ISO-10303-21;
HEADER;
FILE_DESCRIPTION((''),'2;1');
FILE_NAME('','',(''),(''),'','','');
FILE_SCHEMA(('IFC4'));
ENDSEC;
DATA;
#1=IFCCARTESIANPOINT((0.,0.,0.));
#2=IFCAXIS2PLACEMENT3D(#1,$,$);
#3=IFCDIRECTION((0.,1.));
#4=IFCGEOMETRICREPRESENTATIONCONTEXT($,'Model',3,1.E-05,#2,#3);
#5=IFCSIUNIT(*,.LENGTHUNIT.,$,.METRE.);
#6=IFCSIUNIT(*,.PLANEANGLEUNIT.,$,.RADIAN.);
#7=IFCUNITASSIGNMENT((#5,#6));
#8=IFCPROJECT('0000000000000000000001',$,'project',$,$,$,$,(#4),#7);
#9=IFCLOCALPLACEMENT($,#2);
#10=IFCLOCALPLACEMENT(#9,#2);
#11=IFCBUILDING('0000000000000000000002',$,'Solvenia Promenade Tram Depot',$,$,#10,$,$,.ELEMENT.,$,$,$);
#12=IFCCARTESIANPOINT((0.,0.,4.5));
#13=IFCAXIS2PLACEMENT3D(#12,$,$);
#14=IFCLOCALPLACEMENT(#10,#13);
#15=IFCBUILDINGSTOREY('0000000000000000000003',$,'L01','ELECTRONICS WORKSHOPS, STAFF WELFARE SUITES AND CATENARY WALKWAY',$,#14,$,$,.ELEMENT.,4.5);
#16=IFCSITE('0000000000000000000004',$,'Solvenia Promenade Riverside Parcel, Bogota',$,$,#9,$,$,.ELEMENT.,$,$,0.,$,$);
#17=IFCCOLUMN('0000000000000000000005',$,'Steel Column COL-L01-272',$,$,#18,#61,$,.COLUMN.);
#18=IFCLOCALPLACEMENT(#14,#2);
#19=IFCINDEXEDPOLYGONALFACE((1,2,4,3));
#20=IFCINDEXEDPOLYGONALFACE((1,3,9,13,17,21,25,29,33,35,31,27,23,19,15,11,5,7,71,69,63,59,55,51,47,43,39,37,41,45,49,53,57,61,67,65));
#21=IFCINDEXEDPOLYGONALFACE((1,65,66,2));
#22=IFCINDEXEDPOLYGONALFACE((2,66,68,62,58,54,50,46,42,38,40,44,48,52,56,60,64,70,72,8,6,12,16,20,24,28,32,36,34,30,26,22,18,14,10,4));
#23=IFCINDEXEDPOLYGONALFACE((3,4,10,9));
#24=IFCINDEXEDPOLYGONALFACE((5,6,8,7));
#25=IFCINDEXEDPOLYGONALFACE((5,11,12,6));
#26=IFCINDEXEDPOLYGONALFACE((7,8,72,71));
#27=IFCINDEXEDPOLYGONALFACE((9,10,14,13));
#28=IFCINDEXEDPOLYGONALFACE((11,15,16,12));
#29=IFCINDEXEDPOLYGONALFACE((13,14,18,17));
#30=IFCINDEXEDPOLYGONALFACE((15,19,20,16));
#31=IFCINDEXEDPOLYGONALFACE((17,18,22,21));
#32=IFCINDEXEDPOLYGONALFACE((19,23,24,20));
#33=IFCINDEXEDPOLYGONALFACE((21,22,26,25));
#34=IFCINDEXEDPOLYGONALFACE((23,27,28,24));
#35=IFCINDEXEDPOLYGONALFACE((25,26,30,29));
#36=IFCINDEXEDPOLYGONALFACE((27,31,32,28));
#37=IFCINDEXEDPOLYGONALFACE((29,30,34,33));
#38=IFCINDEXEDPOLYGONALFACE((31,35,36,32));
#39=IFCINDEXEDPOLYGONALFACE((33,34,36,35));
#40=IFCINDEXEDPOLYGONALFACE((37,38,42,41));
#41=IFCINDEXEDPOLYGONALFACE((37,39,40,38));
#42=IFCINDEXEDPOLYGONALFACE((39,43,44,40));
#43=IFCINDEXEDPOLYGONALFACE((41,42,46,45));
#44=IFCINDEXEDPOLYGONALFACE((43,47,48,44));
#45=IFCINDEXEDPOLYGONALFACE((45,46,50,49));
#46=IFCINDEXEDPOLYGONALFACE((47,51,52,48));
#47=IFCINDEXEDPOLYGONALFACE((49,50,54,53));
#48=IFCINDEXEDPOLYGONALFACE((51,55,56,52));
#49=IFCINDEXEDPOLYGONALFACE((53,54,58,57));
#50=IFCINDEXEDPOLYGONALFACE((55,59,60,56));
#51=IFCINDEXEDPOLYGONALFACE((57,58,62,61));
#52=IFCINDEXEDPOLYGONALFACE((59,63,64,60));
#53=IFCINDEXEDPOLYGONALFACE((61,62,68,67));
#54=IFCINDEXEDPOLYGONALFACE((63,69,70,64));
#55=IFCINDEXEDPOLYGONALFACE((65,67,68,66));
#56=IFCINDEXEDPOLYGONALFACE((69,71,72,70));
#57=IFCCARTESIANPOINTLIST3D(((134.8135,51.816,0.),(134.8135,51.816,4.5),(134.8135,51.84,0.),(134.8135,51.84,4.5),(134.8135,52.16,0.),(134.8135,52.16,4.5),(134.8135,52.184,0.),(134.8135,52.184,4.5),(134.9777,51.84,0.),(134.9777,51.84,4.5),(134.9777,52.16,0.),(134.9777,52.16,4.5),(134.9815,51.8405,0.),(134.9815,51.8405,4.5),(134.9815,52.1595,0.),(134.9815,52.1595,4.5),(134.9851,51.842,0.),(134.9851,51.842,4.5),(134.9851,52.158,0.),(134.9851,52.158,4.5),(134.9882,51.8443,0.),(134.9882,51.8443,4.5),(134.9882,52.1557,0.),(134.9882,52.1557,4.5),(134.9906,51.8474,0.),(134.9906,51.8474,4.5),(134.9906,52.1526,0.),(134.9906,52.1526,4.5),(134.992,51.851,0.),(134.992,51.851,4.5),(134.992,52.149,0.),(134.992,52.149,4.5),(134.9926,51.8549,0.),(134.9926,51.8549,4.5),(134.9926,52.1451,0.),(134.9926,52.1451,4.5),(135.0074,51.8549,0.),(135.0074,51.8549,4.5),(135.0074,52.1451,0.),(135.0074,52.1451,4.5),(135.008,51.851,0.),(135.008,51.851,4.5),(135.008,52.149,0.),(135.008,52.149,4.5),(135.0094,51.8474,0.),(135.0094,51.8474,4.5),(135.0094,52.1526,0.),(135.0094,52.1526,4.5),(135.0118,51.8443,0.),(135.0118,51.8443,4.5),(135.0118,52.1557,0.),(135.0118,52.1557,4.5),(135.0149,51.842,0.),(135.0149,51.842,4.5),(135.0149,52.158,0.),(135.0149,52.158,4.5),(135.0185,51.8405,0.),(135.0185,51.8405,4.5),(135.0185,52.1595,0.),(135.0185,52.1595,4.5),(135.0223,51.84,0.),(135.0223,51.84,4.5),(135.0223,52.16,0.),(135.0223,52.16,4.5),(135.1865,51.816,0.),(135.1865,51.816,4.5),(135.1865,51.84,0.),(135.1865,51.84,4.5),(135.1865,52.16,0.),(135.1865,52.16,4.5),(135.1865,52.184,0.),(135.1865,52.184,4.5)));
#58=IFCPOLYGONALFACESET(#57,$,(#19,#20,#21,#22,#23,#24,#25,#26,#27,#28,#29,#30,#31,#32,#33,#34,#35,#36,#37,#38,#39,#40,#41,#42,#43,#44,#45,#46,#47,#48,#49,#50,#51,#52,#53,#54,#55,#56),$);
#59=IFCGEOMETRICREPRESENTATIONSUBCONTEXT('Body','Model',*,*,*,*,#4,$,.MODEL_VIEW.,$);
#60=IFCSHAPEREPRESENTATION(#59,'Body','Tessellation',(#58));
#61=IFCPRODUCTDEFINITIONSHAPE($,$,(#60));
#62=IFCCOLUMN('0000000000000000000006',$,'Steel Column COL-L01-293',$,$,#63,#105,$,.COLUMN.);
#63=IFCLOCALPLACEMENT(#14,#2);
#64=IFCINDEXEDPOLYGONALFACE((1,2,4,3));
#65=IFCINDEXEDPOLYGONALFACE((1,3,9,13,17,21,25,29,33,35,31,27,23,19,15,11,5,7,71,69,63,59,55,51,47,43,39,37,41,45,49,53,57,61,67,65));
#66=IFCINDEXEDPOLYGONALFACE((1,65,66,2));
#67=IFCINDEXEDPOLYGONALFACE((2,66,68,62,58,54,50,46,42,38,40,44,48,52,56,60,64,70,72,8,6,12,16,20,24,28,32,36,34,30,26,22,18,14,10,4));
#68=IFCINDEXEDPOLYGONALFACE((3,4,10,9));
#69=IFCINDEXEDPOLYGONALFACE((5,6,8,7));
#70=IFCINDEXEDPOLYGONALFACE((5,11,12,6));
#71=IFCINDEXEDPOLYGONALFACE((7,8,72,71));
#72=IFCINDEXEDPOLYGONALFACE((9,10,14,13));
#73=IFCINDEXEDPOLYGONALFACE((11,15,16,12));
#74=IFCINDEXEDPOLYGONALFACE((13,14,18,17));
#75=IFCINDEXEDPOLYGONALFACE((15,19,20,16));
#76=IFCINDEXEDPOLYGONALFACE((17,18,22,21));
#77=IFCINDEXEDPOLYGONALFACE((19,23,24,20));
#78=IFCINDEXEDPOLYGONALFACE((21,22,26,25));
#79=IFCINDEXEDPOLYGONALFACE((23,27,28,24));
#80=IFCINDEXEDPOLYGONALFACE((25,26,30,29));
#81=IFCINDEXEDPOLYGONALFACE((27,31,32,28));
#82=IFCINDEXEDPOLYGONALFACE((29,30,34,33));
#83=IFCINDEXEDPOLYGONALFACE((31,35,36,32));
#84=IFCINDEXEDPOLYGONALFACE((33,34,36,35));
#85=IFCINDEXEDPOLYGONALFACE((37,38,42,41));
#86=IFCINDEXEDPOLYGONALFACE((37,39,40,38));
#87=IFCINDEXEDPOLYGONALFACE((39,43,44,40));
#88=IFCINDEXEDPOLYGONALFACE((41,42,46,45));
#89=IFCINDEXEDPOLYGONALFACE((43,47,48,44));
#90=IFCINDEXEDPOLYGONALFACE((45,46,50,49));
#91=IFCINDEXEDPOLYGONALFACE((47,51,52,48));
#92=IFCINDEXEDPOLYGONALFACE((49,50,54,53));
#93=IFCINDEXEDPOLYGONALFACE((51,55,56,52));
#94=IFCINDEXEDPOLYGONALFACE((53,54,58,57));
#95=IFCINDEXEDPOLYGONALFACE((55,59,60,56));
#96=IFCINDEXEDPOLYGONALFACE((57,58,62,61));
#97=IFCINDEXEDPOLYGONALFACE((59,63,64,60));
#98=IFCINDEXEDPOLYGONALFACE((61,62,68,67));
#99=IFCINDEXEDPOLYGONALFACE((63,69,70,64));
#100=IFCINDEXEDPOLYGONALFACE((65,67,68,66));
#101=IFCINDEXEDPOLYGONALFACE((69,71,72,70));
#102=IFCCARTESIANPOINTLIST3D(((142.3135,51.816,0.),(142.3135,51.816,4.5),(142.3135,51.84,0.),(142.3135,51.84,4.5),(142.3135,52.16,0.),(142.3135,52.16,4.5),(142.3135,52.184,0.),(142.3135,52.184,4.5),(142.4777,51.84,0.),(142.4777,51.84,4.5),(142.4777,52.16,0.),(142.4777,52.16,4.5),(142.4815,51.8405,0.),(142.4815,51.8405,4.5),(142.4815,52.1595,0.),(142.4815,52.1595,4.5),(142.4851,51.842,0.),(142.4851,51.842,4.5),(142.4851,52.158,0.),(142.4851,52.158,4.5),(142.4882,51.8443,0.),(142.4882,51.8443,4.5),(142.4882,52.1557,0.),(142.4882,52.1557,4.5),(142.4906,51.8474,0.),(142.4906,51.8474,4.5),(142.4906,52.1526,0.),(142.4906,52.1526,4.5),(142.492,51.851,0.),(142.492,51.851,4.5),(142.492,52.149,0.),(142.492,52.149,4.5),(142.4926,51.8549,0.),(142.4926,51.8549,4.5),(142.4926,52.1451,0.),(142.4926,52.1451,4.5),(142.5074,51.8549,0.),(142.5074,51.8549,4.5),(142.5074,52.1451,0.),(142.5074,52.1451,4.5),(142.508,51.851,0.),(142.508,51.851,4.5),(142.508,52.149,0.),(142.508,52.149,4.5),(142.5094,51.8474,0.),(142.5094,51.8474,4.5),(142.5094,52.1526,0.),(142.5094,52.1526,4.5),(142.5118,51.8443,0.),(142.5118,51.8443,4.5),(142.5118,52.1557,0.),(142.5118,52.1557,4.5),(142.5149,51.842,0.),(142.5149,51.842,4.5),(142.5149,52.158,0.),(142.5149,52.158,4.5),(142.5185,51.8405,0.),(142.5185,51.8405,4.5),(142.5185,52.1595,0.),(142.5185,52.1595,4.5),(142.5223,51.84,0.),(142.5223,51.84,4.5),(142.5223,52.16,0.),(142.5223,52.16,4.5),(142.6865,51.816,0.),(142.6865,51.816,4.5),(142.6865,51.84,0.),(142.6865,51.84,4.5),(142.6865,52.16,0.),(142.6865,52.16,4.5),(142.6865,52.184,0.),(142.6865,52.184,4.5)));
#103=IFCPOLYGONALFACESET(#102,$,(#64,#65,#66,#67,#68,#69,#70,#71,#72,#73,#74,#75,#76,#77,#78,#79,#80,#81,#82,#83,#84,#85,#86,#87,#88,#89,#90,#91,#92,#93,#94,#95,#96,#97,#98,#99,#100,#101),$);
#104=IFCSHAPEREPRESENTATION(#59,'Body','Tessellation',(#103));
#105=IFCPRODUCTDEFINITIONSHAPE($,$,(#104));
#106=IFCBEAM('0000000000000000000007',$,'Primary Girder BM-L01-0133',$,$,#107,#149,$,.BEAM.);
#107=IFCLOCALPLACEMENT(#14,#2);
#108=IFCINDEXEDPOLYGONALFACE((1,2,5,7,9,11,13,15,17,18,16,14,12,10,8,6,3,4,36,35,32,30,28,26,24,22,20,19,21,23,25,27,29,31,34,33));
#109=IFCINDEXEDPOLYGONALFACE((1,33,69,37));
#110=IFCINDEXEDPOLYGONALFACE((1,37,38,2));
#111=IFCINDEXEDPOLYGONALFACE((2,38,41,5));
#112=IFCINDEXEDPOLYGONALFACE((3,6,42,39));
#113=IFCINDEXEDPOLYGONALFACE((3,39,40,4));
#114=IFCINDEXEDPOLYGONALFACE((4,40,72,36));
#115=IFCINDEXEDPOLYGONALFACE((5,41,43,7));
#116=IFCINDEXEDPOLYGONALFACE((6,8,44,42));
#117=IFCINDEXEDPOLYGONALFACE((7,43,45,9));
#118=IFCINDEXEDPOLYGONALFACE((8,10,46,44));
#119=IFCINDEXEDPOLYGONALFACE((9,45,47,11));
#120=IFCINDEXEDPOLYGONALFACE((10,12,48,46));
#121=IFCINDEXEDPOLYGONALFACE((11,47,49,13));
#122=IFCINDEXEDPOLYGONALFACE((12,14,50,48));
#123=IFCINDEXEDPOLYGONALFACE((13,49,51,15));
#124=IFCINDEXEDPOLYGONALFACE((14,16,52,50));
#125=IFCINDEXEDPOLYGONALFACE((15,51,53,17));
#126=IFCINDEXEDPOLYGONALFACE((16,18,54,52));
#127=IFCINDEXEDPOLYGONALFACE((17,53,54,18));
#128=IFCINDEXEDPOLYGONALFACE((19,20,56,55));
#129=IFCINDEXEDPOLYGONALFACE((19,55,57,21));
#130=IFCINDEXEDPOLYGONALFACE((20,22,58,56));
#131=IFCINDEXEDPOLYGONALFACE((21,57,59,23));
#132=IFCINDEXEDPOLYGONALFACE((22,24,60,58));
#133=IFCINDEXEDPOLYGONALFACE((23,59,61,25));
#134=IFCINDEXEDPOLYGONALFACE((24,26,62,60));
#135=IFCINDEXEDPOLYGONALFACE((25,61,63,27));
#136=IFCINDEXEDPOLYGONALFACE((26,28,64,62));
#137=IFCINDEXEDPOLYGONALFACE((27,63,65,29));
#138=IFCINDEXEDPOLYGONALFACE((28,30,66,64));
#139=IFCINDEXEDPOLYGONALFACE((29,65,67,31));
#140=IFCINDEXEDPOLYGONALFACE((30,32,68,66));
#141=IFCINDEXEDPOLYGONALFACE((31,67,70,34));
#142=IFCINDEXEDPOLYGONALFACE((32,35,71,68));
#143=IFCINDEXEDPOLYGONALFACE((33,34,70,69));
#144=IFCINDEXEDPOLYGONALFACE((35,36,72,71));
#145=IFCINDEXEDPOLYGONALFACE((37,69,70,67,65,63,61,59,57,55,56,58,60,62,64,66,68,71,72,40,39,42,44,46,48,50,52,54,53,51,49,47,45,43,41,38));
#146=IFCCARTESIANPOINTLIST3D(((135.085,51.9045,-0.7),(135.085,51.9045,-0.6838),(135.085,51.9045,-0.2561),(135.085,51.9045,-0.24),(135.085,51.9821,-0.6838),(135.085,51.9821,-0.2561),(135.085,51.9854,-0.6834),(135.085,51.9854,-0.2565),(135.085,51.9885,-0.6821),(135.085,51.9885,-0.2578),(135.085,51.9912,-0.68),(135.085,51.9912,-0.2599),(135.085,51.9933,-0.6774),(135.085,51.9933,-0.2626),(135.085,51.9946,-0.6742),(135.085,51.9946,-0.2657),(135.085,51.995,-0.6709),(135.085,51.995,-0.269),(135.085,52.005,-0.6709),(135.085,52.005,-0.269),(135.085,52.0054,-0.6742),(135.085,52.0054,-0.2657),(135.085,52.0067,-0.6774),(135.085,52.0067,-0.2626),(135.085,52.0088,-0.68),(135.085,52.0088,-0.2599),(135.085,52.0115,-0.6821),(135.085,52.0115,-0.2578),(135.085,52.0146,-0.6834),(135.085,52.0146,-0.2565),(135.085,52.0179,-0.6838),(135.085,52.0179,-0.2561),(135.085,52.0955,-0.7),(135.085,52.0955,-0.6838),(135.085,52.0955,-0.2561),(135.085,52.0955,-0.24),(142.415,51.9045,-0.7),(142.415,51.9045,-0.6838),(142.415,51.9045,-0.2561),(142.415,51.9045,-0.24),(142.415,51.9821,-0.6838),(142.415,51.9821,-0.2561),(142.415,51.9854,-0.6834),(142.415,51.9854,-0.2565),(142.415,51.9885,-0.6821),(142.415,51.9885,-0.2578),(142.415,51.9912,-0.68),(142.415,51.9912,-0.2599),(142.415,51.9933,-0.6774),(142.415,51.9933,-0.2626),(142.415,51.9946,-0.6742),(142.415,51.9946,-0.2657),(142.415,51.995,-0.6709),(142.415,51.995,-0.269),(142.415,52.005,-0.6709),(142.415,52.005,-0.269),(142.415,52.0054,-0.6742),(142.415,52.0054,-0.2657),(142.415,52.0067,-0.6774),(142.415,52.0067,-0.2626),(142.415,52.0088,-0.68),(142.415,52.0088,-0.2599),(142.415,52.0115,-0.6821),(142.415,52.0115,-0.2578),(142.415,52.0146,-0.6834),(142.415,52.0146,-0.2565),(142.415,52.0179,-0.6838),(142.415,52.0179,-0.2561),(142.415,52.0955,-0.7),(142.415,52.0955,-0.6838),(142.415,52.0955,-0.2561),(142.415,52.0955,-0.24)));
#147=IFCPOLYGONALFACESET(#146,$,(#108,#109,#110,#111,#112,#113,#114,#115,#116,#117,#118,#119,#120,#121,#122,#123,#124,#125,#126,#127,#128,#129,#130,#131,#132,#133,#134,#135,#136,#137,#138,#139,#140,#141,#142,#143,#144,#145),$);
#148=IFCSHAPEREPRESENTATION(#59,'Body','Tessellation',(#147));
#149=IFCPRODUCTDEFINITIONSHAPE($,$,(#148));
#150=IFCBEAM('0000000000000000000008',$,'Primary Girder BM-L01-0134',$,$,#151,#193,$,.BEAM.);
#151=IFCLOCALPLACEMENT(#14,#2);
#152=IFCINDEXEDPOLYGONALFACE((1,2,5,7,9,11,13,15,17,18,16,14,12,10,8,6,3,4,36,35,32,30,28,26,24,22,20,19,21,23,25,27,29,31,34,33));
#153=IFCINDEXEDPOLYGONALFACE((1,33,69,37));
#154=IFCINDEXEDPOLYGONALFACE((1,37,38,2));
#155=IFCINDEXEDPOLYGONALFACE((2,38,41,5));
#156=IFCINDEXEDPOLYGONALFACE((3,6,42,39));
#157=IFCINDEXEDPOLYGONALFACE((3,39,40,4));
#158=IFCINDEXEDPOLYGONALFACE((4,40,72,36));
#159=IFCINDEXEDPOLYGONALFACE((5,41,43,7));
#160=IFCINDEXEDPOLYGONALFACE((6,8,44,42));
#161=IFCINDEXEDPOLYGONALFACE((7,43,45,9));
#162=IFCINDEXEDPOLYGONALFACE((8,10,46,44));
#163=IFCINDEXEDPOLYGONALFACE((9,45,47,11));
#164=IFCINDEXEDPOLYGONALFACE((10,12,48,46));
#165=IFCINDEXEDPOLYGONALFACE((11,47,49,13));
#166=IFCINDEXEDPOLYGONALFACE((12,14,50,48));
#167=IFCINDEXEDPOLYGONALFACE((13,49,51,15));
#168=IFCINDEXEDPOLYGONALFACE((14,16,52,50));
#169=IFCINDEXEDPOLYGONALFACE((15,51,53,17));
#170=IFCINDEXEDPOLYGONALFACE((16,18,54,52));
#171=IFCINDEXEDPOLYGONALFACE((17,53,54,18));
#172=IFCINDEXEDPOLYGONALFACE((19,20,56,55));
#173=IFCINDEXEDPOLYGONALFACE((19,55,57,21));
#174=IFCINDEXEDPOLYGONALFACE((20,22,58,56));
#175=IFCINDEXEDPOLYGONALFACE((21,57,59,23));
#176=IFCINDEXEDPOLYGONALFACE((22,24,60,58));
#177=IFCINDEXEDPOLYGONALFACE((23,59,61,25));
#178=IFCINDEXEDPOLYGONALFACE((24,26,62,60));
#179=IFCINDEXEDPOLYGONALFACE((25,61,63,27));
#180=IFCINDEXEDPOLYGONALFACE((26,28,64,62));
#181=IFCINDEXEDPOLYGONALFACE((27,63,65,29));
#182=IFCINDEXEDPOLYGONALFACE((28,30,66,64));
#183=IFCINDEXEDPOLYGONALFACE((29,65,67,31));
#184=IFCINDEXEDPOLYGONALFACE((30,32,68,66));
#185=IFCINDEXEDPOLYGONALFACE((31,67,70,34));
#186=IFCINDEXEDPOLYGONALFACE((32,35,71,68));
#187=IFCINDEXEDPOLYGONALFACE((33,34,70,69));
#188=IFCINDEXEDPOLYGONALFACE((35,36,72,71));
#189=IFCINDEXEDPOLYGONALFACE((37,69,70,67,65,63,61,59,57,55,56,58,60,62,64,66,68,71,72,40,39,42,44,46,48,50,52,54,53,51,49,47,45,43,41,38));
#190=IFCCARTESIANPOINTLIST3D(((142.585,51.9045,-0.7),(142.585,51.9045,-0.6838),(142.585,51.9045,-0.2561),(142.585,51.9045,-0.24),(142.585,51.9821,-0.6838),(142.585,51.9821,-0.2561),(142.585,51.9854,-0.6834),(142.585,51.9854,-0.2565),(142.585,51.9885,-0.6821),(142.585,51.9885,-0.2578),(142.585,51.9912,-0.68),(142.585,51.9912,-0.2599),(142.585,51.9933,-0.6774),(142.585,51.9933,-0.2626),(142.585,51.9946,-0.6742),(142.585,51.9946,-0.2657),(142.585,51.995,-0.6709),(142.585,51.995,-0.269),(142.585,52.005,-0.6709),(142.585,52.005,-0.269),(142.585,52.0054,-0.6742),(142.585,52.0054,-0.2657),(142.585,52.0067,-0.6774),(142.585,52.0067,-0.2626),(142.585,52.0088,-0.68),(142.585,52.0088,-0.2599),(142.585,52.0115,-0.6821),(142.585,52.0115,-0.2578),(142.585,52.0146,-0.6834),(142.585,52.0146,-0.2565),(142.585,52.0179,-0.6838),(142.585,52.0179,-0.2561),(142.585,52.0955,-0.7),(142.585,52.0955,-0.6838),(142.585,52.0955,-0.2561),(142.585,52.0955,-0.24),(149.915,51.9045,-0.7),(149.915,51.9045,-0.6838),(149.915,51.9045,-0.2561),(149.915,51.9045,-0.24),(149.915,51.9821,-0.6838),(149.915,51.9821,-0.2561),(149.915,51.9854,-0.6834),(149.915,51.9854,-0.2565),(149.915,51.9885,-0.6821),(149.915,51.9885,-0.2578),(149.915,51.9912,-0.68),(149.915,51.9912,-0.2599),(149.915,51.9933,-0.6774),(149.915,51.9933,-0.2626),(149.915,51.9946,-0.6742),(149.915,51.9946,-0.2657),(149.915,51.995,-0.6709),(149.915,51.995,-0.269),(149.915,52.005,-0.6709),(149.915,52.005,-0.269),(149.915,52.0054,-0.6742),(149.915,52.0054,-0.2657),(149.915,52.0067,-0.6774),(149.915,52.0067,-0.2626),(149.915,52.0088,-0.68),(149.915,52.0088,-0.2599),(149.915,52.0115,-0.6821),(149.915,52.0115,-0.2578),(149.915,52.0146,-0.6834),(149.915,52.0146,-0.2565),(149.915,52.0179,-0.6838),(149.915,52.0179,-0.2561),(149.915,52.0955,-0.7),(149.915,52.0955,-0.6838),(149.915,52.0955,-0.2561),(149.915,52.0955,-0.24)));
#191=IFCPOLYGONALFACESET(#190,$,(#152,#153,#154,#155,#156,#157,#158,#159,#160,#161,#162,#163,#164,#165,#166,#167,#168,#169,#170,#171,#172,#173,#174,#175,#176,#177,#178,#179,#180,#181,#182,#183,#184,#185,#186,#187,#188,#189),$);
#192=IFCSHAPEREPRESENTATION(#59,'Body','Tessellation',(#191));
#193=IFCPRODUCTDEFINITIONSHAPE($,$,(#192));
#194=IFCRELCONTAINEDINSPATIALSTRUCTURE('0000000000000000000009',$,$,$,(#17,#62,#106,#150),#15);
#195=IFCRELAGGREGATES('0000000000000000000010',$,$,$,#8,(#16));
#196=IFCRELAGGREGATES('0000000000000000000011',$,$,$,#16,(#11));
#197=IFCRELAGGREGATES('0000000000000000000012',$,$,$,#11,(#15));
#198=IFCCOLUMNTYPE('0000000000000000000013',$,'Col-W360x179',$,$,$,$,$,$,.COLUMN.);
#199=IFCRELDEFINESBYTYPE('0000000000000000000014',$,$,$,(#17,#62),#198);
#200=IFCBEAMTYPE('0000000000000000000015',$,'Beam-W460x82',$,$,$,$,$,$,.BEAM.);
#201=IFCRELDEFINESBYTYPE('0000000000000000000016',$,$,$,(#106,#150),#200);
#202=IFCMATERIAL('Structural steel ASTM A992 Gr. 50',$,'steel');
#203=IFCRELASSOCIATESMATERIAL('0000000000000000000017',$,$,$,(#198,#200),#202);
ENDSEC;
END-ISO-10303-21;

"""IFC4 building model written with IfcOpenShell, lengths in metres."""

from ifc_helpers import new_model, si_unit, direction, frame, origin, origin_2d, place, context, subcontext, project, spatial, i_section, extrude, material, material_profile, profile_set, type_object, element, save


model = new_model("IFC4")

# Units and contexts
model_context = context("Model", 3, precision=1e-05, world=origin(), true_north=direction((0.0, 1.0)))
body_context = subcontext(model_context, "Body", "Model", "MODEL_VIEW")
ifc_project = project(units=[si_unit("LENGTHUNIT", "METRE"), si_unit("PLANEANGLEUNIT", "RADIAN")], contexts=[model_context])

# Site, building, storey
site_placement = place(None, origin())
site = spatial("IfcSite", under=ifc_project, at=site_placement, Name="Solvenia Promenade Riverside Parcel, Bogota", CompositionType="ELEMENT", RefElevation=0.0)
building_placement = place(site_placement, origin())
building = spatial("IfcBuilding", under=site, at=building_placement, Name="Solvenia Promenade Tram Depot", CompositionType="ELEMENT")
storey_placement = place(building_placement, frame((0.0, 0.0, 4.5)))
storey = spatial("IfcBuildingStorey", under=building, at=storey_placement, Name="L01", Description="ELECTRONICS WORKSHOPS, STAFF WELFARE SUITES AND CATENARY WALKWAY", CompositionType="ELEMENT", Elevation=4.5)

# Columns
ifc_material_1 = material(Name="Structural steel ASTM A992 Gr. 50", Category="steel")
ifc_material_profile_1 = material_profile(ifc_material_1, i_section(OverallWidth=0.373, OverallDepth=0.3679, WebThickness=0.0149, FlangeThickness=0.0239, FilletRadius=0.0149, at=origin_2d()), Name="W360x179", Category="steel")
ifc_profile_set_1 = profile_set([ifc_material_profile_1], Name="Structural steel ASTM A992 Gr. 50")
column_type = type_object("IfcColumnType", Name="Col-W360x179", PredefinedType="COLUMN", material=ifc_profile_set_1)
for number, where, z_axis, x_axis, name in (
    (1, (135.0, 52.0, 0.0), (0.0, 0.0, 1.0), (1.0, 0.0, 0.0), "Steel Column COL-L01-272"),
    (2, (142.5, 52.0, 0.0), (0.0, 0.0, 1.0), (1.0, 0.0, 0.0), "Steel Column COL-L01-293"),
):
    element("IfcColumn", number, at=place(storey_placement, frame(where, z_axis=z_axis, x_axis=x_axis)), inside=storey, type_object=column_type, Name=name, PredefinedType="COLUMN", context=body_context, shape_type="SweptSolid", body=[
        extrude(i_section(OverallWidth=0.373, OverallDepth=0.3679, WebThickness=0.0149, FlangeThickness=0.0239, FilletRadius=0.0149, at=origin_2d()), origin(), (0.0, 0.0, 1.0), 4.5),
    ])

# Beams
ifc_material_profile_2 = material_profile(ifc_material_1, i_section(OverallWidth=0.1909, OverallDepth=0.46, WebThickness=0.01, FlangeThickness=0.0161, FilletRadius=0.0129, at=origin_2d()), Name="W460x82", Category="steel")
ifc_profile_set_2 = profile_set([ifc_material_profile_2], Name="Structural steel ASTM A992 Gr. 50")
beam_type_1 = type_object("IfcBeamType", Name="Beam-W460x82", PredefinedType="BEAM", material=ifc_profile_set_2)
for number, where, z_axis, x_axis, name in (
    (3, (135.085, 52.0, -0.47), (1.0, 0.0, 0.0), (0.0, 1.0, 0.0), "Primary Girder BM-L01-0133"),
    (4, (142.585, 52.0, -0.47), (1.0, 0.0, 0.0), (0.0, 1.0, 0.0), "Primary Girder BM-L01-0134"),
):
    element("IfcBeam", number, at=place(storey_placement, frame(where, z_axis=z_axis, x_axis=x_axis)), inside=storey, type_object=beam_type_1, Name=name, PredefinedType="BEAM", context=body_context, shape_type="SweptSolid", body=[
        extrude(i_section(OverallWidth=0.1909, OverallDepth=0.46, WebThickness=0.01, FlangeThickness=0.0161, FilletRadius=0.0129, at=origin_2d()), origin(), (0.0, 0.0, 1.0), 7.3301),
    ])

save(model, "model.ifc")
